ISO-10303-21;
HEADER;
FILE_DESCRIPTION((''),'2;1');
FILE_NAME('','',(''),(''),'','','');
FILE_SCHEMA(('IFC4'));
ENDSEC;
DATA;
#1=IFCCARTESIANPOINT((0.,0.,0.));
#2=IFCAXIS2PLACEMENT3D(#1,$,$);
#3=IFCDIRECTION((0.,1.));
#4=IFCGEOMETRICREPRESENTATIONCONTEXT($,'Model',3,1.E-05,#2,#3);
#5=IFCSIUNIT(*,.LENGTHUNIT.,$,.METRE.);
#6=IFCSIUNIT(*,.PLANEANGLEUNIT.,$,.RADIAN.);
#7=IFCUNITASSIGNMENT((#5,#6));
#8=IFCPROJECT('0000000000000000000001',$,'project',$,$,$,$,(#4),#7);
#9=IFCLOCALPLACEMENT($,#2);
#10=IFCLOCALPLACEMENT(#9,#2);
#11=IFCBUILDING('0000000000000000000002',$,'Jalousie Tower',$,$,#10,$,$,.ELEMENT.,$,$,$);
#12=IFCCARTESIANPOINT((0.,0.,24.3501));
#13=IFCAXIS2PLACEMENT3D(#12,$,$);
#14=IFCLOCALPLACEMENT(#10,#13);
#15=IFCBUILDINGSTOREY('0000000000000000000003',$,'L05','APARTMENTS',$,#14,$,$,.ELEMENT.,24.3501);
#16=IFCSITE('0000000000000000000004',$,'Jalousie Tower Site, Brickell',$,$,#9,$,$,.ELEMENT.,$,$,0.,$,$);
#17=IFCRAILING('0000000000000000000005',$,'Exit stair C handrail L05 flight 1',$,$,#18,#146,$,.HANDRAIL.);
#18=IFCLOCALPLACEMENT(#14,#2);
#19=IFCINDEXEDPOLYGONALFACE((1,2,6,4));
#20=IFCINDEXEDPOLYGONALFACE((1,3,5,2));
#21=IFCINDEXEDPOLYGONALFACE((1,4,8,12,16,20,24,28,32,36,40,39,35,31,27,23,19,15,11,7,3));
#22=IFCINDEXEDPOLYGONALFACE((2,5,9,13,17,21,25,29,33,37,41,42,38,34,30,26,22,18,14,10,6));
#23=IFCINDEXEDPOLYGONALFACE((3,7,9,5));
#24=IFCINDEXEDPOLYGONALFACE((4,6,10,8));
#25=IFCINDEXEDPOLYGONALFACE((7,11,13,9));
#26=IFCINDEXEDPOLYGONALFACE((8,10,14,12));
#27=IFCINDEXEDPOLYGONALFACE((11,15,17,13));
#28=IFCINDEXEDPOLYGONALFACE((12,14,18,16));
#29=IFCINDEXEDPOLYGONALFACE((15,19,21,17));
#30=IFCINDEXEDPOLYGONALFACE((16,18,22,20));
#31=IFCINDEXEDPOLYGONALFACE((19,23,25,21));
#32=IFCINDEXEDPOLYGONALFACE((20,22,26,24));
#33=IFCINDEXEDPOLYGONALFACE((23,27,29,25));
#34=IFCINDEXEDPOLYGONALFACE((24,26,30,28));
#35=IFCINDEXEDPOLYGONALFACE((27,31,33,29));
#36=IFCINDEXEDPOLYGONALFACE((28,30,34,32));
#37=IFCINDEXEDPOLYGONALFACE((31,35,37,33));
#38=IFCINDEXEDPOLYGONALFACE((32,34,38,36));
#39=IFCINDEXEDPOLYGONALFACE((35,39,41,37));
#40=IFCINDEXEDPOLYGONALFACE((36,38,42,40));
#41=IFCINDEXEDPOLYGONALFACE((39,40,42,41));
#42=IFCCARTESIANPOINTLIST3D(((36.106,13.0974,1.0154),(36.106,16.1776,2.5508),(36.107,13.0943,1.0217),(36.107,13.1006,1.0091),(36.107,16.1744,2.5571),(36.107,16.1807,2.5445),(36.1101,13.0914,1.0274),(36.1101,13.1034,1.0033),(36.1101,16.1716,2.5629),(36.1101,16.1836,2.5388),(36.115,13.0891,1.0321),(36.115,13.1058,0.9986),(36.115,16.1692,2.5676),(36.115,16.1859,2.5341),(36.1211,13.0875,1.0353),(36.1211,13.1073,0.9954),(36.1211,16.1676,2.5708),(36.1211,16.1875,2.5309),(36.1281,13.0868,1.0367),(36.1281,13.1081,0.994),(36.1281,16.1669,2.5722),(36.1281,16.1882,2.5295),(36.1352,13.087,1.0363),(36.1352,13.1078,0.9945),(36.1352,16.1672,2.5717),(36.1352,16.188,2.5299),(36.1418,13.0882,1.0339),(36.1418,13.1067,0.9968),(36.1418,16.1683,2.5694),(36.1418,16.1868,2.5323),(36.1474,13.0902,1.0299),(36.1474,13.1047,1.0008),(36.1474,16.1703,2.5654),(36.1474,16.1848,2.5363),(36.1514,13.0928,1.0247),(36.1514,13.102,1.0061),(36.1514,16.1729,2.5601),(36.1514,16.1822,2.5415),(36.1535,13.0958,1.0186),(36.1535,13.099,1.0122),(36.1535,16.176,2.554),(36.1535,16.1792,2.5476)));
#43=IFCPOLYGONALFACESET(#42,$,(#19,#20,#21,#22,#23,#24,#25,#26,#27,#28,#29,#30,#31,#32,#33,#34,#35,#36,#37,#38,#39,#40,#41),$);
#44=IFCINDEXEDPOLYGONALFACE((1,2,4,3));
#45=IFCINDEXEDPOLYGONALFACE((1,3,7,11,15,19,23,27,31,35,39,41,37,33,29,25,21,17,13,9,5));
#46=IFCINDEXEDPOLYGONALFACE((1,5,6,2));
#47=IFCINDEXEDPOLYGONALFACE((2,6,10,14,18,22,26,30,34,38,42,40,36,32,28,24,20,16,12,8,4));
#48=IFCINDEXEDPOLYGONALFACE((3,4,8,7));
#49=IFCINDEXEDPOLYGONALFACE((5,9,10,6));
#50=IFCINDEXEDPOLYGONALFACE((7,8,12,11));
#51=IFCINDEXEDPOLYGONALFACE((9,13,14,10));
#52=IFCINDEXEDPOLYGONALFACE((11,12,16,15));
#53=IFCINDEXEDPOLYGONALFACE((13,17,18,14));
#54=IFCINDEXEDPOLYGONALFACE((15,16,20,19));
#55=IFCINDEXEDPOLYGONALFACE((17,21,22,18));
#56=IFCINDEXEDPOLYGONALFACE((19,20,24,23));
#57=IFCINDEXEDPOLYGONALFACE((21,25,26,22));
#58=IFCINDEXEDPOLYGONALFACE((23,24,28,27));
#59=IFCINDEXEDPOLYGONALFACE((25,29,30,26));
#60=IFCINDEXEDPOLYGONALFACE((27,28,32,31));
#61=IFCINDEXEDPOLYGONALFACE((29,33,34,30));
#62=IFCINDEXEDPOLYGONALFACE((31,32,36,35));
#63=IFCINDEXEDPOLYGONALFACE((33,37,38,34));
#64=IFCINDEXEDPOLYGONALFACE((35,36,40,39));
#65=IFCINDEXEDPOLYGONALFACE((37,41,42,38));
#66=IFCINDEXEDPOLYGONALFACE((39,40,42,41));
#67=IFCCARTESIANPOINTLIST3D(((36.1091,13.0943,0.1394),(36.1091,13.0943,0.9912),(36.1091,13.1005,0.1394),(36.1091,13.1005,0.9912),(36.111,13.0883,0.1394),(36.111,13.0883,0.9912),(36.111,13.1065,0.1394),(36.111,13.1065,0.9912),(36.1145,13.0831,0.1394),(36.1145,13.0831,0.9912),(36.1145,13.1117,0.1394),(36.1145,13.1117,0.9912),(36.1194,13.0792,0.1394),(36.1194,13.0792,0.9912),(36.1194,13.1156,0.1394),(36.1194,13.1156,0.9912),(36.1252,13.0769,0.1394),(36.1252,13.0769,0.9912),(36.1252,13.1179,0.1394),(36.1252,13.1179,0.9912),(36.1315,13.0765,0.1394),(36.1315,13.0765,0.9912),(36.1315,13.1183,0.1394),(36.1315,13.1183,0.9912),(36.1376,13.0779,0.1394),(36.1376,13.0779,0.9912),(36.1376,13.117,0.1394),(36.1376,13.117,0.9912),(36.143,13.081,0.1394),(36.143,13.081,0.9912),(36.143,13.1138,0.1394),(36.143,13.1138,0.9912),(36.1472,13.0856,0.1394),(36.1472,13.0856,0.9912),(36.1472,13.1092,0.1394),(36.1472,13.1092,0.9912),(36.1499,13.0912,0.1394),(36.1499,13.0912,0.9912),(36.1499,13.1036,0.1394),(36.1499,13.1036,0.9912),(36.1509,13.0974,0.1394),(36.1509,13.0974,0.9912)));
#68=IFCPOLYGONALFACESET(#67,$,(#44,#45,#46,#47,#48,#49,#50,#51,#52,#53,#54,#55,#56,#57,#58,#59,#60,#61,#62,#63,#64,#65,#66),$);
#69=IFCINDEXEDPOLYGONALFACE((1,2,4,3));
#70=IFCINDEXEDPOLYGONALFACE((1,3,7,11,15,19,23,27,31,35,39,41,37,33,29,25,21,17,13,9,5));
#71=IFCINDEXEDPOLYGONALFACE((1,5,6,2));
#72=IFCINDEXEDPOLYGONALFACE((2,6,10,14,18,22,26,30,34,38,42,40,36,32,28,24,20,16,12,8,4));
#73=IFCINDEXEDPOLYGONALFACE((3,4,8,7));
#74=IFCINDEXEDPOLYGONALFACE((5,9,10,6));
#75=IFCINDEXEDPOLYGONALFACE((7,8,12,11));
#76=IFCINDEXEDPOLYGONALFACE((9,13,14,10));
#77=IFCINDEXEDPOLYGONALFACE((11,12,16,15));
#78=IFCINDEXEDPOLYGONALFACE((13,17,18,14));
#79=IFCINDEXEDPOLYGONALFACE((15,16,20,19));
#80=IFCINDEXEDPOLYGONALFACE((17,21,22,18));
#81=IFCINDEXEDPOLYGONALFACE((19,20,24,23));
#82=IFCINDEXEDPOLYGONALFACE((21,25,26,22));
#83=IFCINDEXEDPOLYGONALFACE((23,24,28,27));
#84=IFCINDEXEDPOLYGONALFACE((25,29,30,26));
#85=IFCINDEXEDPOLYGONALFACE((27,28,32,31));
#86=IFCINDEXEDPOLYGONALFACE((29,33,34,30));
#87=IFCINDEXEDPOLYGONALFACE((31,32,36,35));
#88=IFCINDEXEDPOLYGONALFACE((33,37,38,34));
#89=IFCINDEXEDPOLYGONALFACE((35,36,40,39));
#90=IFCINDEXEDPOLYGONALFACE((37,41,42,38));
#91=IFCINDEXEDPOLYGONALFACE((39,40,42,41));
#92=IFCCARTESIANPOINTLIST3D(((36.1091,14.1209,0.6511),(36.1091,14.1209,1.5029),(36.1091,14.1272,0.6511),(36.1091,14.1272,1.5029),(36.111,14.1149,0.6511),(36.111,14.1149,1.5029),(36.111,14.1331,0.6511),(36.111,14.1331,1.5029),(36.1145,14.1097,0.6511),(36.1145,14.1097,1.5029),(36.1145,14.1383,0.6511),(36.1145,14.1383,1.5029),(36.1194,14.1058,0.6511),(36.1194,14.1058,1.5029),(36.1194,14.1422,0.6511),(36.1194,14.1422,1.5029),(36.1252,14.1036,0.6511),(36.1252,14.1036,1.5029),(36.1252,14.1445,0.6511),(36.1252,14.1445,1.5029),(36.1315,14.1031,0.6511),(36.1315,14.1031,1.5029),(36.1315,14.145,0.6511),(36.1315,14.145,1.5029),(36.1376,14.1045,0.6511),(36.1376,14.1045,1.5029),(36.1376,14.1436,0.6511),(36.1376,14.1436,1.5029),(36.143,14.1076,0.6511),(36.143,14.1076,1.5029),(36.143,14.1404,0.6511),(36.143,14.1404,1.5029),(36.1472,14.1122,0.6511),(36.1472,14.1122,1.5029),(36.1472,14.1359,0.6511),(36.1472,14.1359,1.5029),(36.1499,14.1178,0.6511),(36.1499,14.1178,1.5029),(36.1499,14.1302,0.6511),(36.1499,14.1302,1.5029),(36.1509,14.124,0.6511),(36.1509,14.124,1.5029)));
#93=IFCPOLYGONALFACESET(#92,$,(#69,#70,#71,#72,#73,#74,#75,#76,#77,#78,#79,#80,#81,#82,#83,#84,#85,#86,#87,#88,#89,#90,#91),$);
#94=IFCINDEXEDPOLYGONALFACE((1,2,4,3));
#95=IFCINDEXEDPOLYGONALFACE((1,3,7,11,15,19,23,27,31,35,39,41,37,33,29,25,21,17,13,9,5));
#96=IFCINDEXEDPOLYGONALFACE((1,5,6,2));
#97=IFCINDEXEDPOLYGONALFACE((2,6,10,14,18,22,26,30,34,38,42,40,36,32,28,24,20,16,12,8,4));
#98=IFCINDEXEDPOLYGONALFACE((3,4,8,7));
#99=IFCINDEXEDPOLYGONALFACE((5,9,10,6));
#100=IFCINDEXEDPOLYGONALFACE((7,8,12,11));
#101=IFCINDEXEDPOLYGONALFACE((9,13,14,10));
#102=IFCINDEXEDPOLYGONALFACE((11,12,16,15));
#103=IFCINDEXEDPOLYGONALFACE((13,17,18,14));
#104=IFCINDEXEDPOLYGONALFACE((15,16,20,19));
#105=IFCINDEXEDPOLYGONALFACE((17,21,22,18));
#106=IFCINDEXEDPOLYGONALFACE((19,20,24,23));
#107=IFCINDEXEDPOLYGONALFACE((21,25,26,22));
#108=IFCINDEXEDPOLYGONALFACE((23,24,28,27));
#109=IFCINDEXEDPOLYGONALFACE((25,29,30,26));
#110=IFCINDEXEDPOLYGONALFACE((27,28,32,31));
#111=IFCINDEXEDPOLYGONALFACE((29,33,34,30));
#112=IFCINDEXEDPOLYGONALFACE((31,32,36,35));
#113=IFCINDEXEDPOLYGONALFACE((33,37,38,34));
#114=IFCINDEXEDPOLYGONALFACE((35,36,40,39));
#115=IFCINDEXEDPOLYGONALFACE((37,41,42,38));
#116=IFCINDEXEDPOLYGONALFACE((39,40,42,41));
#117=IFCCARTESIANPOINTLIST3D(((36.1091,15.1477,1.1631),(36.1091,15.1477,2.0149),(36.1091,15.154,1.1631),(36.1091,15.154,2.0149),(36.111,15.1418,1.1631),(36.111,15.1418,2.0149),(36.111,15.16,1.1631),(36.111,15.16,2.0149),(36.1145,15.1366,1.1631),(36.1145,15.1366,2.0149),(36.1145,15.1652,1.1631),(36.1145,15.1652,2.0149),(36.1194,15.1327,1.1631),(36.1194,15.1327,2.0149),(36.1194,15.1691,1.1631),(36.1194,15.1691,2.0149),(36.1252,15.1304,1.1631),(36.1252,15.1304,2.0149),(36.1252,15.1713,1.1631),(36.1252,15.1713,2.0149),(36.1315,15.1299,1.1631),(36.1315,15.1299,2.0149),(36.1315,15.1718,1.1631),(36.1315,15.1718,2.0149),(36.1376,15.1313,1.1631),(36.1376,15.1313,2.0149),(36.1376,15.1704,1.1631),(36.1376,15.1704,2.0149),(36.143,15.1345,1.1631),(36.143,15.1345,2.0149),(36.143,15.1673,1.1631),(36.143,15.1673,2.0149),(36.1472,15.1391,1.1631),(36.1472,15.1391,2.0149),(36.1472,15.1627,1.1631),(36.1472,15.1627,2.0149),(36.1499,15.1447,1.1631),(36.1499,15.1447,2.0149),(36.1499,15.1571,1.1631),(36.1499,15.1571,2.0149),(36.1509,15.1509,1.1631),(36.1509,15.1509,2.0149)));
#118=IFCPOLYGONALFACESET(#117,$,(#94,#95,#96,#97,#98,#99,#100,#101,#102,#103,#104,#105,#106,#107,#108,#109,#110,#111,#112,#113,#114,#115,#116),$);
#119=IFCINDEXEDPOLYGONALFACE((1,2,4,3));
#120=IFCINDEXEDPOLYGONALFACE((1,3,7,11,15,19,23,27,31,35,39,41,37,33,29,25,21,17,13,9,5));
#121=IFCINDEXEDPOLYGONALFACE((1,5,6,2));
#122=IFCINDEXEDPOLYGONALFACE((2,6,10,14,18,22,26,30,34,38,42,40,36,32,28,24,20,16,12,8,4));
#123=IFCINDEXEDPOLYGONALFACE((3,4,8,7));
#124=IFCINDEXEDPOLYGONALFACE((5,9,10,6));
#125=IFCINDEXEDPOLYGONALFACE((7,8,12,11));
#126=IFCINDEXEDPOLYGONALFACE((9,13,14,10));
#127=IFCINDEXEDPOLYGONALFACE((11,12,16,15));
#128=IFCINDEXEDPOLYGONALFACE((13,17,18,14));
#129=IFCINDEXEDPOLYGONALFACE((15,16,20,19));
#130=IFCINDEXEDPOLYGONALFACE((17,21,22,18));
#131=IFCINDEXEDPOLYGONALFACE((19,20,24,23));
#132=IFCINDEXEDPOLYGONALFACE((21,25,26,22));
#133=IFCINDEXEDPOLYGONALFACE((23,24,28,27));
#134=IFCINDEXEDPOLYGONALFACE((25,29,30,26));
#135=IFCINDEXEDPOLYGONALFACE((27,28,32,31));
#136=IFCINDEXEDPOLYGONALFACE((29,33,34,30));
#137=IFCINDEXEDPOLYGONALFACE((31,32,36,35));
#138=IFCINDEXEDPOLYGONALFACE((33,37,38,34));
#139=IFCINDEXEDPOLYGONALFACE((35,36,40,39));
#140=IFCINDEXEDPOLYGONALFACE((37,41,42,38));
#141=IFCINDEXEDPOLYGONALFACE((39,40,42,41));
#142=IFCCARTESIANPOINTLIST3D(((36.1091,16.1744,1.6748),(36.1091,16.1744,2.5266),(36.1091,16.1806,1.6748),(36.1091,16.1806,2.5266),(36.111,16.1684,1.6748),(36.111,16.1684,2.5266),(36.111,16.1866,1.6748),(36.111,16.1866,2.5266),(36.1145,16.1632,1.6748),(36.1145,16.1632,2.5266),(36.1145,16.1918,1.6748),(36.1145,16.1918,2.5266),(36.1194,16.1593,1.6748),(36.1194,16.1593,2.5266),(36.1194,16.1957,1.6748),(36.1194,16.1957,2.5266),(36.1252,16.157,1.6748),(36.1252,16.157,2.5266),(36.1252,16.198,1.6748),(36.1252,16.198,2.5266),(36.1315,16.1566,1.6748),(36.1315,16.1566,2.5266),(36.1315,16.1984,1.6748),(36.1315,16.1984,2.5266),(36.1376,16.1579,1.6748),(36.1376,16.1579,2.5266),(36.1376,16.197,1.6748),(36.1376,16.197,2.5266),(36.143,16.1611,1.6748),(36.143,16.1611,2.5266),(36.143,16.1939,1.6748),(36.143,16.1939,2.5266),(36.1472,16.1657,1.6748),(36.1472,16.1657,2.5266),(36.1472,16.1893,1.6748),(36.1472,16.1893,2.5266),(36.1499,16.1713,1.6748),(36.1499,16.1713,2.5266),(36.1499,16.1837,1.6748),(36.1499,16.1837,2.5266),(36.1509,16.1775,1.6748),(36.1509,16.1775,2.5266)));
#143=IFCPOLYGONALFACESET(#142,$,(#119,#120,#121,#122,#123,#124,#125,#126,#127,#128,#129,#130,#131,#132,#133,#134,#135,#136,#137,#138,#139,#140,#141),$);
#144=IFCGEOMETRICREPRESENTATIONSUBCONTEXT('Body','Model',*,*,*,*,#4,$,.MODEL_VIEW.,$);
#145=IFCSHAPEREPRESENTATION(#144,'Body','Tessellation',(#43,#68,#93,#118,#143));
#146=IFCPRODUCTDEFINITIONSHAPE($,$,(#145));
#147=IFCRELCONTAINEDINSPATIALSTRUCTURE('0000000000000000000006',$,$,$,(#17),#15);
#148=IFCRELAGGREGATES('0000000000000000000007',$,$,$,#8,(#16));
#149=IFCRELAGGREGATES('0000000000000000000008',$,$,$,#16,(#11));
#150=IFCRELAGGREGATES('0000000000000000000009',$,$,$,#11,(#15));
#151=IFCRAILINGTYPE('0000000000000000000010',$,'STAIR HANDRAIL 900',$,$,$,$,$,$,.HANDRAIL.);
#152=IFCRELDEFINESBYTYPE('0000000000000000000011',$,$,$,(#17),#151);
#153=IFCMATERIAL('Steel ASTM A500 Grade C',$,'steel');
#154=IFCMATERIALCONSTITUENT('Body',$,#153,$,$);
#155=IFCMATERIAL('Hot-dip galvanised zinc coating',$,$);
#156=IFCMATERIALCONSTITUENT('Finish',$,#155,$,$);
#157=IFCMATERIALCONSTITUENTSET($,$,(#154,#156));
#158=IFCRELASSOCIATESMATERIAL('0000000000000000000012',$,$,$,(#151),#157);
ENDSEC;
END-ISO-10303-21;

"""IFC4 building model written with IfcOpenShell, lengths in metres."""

from ifc_helpers import new_model, si_unit, direction, frame, origin, origin_2d, place, context, subcontext, project, spatial, circle, extrude, material, constituent, constituent_set, type_object, element, save


model = new_model("IFC4")

# Units and contexts
model_context = context("Model", 3, precision=1e-05, world=origin(), true_north=direction((0.0, 1.0)))
body_context = subcontext(model_context, "Body", "Model", "MODEL_VIEW")
ifc_project = project(units=[si_unit("LENGTHUNIT", "METRE"), si_unit("PLANEANGLEUNIT", "RADIAN")], contexts=[model_context])

# Site, building, storey
site_placement = place(None, origin())
site = spatial("IfcSite", under=ifc_project, at=site_placement, Name="Jalousie Tower Site, Brickell", CompositionType="ELEMENT", RefElevation=0.0)
building_placement = place(site_placement, origin())
building = spatial("IfcBuilding", under=site, at=building_placement, Name="Jalousie Tower", CompositionType="ELEMENT")
storey_placement = place(building_placement, frame((0.0, 0.0, 24.3501)))
storey = spatial("IfcBuildingStorey", under=building, at=storey_placement, Name="L05", Description="APARTMENTS", CompositionType="ELEMENT", Elevation=24.3501)

# Railing
ifc_material_1 = material(Name="Steel ASTM A500 Grade C", Category="steel")
ifc_constituent_1 = constituent(ifc_material_1, Name="Body")
ifc_material_2 = material(Name="Hot-dip galvanised zinc coating")
ifc_constituent_2 = constituent(ifc_material_2, Name="Finish")
ifc_constituent_set_1 = constituent_set(constituents=[ifc_constituent_1, ifc_constituent_2])
railing_type = type_object("IfcRailingType", Name="STAIR HANDRAIL 900", PredefinedType="HANDRAIL", material=ifc_constituent_set_1)
railing_placement = place(storey_placement, frame((36.1299, 13.0974, 0.1394)))
element("IfcRailing", 1, at=railing_placement, inside=storey, type_object=railing_type, Name="Exit stair C handrail L05 flight 1", PredefinedType="HANDRAIL", context=body_context, shape_type="SweptSolid", body=[
    extrude(circle(Radius=0.0239, at=origin_2d()), frame((0.0, 0.0, 0.876), z_axis=(0.0, 0.894966, 0.446135), x_axis=(-1.0, 0.0, 0.0)), (0.0, 0.0, 1.0), 3.4417),
    extrude(circle(Radius=0.021, at=origin_2d()), origin(), (0.0, 0.0, 1.0), 0.8518),
    extrude(circle(Radius=0.021, at=origin_2d()), frame((0.0, 1.0266, 0.5117)), (0.0, 0.0, 1.0), 0.8518),
    extrude(circle(Radius=0.021, at=origin_2d()), frame((0.0, 2.0535, 1.0237)), (0.0, 0.0, 1.0), 0.8518),
    extrude(circle(Radius=0.021, at=origin_2d()), frame((0.0, 3.0801, 1.5354)), (0.0, 0.0, 1.0), 0.8518),
])

save(model, "model.ifc")
